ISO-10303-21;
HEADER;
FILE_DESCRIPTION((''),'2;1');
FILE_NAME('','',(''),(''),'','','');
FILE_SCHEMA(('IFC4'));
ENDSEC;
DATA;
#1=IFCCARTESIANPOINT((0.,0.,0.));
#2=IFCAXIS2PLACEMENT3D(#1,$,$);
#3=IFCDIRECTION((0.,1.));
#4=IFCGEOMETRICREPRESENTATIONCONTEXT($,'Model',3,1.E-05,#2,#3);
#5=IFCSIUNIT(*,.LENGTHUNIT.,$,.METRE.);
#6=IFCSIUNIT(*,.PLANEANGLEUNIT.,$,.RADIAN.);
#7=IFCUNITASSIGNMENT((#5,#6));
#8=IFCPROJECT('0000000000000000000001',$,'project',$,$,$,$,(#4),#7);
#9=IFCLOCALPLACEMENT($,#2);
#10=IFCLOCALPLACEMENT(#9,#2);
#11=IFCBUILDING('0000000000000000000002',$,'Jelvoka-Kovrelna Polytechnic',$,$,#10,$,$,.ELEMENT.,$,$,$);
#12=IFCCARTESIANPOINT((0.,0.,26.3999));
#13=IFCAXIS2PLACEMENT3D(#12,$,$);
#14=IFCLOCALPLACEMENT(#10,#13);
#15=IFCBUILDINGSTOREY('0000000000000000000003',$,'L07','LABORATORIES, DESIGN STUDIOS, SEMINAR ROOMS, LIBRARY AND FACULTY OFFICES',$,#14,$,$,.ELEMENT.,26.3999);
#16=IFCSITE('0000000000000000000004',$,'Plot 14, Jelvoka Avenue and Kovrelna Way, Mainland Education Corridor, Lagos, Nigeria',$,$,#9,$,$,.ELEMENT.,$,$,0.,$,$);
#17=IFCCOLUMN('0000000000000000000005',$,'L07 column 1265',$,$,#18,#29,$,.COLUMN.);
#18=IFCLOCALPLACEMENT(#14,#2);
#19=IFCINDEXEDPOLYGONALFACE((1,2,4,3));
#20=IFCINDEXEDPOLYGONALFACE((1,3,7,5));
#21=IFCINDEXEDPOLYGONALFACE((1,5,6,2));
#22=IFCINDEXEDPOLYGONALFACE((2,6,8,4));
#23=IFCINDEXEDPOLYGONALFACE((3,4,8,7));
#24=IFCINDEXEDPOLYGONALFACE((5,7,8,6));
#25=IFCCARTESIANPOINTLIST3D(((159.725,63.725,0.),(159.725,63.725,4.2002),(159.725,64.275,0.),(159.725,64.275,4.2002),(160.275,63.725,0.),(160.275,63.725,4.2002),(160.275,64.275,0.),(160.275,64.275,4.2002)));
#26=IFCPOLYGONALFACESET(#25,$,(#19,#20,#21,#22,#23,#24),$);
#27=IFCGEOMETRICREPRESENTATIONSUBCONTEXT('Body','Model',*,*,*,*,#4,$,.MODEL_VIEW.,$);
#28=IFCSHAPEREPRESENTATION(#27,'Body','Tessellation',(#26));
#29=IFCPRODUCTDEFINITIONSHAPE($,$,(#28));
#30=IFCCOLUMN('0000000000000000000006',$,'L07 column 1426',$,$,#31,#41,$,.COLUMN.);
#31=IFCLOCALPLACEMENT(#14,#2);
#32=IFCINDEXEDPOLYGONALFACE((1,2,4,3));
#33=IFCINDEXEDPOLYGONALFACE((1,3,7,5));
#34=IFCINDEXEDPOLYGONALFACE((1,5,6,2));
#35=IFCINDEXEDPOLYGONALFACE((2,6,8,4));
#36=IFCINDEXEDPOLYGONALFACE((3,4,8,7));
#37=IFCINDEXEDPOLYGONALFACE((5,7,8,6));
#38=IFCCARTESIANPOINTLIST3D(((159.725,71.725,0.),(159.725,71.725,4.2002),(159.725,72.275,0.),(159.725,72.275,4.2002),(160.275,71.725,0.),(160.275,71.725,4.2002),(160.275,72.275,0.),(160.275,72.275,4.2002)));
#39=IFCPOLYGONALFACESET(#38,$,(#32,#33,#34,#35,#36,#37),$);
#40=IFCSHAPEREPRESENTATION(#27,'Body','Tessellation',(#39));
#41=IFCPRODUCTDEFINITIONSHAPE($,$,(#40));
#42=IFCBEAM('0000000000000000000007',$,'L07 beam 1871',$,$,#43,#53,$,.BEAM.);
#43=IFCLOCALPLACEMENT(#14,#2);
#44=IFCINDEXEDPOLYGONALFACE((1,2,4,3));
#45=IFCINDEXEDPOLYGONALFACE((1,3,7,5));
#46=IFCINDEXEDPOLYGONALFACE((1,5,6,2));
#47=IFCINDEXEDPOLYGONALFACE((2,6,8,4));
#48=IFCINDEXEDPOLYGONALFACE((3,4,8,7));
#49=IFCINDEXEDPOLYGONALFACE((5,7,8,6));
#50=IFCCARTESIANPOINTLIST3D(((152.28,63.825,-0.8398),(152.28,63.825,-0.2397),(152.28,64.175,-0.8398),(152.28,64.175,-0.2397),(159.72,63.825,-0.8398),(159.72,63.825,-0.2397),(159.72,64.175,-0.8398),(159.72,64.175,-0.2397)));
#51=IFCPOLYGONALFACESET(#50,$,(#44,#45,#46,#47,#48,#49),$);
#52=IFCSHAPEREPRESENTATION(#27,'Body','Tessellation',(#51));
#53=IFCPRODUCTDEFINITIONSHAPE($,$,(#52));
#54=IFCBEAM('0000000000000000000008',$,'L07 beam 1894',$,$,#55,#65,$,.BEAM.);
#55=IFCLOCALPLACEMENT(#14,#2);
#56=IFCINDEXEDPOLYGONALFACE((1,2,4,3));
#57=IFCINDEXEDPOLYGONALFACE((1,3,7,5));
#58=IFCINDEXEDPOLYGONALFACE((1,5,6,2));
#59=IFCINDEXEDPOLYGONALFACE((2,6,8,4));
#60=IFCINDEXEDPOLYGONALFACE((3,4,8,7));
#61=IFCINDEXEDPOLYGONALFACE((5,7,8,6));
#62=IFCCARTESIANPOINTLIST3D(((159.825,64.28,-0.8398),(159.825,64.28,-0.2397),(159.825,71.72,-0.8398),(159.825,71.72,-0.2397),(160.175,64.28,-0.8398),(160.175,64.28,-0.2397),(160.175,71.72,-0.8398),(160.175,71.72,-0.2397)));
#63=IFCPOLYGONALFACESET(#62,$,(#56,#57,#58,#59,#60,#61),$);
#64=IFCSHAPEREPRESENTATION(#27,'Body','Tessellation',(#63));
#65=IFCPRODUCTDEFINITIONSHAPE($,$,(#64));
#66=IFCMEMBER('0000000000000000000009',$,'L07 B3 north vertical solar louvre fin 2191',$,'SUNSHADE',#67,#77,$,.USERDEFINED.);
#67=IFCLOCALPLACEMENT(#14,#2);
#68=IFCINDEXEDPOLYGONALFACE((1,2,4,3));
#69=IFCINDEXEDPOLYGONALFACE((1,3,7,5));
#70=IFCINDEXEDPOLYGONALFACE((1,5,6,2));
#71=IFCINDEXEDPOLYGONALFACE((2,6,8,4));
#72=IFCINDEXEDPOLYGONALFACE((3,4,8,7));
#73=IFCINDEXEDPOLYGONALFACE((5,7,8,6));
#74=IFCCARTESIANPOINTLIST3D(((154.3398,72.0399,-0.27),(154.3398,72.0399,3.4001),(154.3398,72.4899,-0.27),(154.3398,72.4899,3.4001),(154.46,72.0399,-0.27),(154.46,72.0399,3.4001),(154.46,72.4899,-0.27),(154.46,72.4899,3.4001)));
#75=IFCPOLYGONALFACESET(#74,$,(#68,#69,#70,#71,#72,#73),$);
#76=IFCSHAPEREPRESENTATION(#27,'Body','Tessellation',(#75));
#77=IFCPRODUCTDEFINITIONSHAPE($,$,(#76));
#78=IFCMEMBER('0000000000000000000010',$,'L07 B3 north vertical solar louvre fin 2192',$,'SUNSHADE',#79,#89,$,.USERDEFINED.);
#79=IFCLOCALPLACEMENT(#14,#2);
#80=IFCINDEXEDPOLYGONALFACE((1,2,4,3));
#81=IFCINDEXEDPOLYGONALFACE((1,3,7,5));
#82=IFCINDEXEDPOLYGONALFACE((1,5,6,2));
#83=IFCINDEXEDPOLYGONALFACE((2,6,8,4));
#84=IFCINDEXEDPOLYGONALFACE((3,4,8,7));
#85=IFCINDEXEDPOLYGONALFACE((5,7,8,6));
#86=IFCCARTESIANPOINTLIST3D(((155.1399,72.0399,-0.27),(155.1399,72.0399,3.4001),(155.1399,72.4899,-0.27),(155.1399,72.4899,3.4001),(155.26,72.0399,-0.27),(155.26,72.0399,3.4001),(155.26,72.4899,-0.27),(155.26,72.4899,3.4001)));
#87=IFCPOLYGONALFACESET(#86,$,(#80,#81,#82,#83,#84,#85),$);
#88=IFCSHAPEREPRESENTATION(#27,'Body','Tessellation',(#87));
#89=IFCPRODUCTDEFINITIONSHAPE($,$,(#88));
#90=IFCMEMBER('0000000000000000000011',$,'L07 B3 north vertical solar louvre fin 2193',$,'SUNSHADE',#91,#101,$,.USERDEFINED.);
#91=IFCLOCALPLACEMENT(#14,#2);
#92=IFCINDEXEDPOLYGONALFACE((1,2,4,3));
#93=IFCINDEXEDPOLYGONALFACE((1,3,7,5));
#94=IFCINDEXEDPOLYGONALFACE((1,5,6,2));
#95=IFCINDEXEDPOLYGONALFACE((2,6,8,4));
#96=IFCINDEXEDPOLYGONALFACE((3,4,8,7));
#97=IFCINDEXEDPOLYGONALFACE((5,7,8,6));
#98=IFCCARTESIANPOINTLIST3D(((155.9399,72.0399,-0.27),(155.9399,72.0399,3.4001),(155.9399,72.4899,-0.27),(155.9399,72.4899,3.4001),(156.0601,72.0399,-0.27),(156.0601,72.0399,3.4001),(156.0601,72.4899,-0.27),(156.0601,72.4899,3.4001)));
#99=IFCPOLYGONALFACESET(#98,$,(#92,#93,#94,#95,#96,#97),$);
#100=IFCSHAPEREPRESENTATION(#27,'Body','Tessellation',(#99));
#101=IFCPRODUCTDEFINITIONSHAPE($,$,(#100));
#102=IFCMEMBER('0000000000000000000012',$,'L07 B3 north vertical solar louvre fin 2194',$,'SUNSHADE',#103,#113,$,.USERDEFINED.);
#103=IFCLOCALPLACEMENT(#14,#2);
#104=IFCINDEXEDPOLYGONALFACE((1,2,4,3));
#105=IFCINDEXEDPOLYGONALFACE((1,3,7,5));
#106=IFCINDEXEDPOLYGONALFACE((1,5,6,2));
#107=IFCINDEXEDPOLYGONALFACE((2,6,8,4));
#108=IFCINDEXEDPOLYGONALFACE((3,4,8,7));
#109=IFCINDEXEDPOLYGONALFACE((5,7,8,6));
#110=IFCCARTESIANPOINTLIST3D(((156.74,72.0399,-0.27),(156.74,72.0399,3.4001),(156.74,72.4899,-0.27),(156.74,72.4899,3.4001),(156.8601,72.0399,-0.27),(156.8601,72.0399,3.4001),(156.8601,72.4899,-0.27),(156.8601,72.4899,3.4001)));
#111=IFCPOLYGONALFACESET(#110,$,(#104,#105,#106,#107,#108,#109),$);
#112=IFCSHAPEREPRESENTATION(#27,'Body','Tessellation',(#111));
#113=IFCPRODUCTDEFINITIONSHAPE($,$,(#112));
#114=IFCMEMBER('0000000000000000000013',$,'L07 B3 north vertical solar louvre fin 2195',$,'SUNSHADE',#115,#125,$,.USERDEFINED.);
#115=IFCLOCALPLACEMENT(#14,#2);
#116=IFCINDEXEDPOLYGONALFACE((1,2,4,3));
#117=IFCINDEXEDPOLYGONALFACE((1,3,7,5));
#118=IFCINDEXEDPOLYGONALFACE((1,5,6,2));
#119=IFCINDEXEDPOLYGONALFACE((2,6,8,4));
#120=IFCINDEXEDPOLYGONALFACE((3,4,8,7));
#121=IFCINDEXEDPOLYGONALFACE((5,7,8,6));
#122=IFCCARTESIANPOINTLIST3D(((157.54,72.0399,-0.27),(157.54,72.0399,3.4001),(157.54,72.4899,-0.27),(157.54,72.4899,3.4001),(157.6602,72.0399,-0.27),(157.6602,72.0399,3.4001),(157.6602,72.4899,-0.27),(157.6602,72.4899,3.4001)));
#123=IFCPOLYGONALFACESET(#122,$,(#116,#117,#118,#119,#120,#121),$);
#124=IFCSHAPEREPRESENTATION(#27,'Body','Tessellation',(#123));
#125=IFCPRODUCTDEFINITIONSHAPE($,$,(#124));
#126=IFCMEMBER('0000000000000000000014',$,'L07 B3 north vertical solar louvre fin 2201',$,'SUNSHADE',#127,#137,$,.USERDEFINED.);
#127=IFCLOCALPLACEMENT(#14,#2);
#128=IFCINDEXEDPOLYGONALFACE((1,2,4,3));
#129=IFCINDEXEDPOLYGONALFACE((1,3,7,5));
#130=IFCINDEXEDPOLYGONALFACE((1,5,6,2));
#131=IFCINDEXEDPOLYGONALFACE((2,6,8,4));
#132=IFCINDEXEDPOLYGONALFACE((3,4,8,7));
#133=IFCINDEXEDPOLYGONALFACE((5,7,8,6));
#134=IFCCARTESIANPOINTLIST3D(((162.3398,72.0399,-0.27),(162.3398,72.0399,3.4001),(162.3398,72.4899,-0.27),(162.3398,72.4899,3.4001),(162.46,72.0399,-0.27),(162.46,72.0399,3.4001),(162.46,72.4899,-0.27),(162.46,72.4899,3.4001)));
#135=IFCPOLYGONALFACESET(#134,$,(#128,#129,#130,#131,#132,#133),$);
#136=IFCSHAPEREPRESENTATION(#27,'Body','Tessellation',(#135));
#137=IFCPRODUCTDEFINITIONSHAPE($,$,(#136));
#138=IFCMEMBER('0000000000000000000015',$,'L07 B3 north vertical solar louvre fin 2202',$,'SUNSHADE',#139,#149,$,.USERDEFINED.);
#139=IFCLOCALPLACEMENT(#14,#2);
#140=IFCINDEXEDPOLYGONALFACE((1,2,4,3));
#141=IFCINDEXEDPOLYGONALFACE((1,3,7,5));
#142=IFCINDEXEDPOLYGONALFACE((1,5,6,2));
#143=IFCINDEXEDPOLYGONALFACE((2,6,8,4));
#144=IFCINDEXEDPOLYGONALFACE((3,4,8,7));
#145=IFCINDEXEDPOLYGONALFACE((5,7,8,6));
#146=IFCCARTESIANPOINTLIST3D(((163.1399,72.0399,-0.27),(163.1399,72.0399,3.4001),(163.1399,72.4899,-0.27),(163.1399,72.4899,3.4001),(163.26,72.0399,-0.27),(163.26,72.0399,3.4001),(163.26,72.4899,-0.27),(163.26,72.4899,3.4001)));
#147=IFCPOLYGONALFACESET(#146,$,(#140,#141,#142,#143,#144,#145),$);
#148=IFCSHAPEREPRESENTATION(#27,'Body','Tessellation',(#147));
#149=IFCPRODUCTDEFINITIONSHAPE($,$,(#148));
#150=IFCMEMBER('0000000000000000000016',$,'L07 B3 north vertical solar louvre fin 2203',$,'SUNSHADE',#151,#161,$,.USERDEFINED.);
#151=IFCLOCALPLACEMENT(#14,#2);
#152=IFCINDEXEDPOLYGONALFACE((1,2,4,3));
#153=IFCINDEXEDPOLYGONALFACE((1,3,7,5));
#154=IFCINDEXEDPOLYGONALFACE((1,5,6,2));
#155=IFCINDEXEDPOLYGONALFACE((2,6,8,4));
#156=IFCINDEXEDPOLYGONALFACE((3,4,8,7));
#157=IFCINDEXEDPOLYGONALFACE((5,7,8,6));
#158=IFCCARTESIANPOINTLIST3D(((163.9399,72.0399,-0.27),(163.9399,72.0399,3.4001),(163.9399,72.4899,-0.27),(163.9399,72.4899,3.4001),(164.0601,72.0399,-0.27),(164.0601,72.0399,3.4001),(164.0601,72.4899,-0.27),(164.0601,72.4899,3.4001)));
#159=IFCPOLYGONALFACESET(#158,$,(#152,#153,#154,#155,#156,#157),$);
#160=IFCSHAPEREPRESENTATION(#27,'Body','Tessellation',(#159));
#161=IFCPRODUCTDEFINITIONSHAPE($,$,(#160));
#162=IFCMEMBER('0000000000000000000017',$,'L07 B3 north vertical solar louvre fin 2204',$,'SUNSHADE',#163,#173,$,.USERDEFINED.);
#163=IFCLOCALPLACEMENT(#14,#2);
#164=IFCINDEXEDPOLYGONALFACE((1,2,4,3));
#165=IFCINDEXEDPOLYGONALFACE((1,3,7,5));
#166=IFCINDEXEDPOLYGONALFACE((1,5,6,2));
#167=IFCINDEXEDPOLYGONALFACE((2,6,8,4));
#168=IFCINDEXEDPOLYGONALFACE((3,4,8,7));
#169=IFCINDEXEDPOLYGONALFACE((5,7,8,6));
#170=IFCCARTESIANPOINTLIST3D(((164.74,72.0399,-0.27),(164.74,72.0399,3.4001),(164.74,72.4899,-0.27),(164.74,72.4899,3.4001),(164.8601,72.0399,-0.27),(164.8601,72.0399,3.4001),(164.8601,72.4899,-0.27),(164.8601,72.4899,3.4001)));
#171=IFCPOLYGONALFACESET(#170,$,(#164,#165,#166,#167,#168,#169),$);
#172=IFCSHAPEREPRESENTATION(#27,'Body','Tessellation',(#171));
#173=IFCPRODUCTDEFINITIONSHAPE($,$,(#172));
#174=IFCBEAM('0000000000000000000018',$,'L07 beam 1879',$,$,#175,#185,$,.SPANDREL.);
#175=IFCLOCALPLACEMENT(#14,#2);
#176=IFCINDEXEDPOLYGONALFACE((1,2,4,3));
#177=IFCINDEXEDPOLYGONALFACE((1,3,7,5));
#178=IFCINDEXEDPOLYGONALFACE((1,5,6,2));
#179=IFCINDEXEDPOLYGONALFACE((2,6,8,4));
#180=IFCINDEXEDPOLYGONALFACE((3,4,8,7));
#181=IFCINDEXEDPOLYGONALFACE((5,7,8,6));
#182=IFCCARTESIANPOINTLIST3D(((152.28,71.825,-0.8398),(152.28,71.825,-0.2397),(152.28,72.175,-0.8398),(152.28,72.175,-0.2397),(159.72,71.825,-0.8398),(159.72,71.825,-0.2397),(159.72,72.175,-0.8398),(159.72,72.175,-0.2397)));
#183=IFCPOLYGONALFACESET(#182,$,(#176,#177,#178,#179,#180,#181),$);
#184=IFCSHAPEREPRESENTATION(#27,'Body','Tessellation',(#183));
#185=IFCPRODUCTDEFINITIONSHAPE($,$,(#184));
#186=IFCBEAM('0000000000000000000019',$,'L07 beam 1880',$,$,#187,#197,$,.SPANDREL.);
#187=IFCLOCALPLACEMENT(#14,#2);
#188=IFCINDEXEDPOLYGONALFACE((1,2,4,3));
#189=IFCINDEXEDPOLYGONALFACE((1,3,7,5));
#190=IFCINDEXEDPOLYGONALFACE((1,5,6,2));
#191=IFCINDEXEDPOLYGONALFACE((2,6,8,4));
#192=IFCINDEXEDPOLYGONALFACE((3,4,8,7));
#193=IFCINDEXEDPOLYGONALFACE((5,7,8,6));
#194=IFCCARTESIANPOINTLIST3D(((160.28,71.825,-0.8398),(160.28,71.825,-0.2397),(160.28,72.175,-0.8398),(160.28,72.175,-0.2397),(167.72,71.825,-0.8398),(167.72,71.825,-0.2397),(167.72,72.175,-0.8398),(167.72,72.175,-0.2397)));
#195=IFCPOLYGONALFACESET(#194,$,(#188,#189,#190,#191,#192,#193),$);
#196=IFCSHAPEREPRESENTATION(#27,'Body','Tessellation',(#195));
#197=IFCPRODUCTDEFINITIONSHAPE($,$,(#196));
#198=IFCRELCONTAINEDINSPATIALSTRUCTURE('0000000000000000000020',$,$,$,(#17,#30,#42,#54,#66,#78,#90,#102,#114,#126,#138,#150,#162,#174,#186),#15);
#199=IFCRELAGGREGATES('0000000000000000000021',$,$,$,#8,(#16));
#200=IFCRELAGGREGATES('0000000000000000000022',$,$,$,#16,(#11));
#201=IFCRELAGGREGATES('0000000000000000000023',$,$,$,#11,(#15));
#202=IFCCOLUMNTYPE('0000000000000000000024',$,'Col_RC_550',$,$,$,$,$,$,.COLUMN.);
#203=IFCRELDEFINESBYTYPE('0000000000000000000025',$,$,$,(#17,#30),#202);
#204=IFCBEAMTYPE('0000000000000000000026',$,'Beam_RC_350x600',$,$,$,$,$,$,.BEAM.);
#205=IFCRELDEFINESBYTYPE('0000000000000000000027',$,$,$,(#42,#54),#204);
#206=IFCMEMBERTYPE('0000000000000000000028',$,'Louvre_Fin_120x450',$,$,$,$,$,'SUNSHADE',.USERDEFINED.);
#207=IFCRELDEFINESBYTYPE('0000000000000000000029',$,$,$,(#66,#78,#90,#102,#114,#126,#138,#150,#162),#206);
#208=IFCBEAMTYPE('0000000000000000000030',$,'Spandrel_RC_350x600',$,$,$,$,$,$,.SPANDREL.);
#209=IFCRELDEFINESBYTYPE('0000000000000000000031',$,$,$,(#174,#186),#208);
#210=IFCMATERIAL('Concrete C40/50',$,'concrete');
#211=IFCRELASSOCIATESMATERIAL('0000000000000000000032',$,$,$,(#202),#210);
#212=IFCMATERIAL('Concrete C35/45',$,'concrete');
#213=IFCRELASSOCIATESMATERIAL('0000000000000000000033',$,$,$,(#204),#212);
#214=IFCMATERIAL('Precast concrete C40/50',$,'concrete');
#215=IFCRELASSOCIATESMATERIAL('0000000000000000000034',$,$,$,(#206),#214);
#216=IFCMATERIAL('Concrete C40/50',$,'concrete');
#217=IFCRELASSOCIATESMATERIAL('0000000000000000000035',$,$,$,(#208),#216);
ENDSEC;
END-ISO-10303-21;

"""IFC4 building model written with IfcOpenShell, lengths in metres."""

from ifc_helpers import new_model, si_unit, direction, frame, origin, origin_2d, place, context, subcontext, project, spatial, rectangle, extrude, material, material_profile, profile_set, type_object, element, save


model = new_model("IFC4")

# Units and contexts
model_context = context("Model", 3, precision=1e-05, world=origin(), true_north=direction((0.0, 1.0)))
body_context = subcontext(model_context, "Body", "Model", "MODEL_VIEW")
ifc_project = project(units=[si_unit("LENGTHUNIT", "METRE"), si_unit("PLANEANGLEUNIT", "RADIAN")], contexts=[model_context])

# Site, building, storey
site_placement = place(None, origin())
site = spatial("IfcSite", under=ifc_project, at=site_placement, Name="Plot 14, Jelvoka Avenue and Kovrelna Way, Mainland Education Corridor, Lagos, Nigeria", CompositionType="ELEMENT", RefElevation=0.0)
building_placement = place(site_placement, origin())
building = spatial("IfcBuilding", under=site, at=building_placement, Name="Jelvoka-Kovrelna Polytechnic", CompositionType="ELEMENT")
storey_placement = place(building_placement, frame((0.0, 0.0, 26.3999)))
storey = spatial("IfcBuildingStorey", under=building, at=storey_placement, Name="L07", Description="LABORATORIES, DESIGN STUDIOS, SEMINAR ROOMS, LIBRARY AND FACULTY OFFICES", CompositionType="ELEMENT", Elevation=26.3999)

# Columns
ifc_material_1 = material(Name="Concrete C40/50", Category="concrete")
ifc_material_profile_1 = material_profile(ifc_material_1, rectangle(XDim=0.55, YDim=0.55, at=origin_2d()), Name="RC 550x550")
ifc_profile_set_1 = profile_set([ifc_material_profile_1], Name="Concrete C40/50")
column_type = type_object("IfcColumnType", Name="Col_RC_550", PredefinedType="COLUMN", material=ifc_profile_set_1)
for number, where, z_axis, x_axis, name in (
    (1, (160.0, 64.0, 0.0), (0.0, 0.0, 1.0), (1.0, 0.0, 0.0), "L07 column 1265"),
    (2, (160.0, 72.0, 0.0), (0.0, 0.0, 1.0), (1.0, 0.0, 0.0), "L07 column 1426"),
):
    element("IfcColumn", number, at=place(storey_placement, frame(where, z_axis=z_axis, x_axis=x_axis)), inside=storey, type_object=column_type, Name=name, PredefinedType="COLUMN", context=body_context, shape_type="SweptSolid", body=[
        extrude(rectangle(XDim=0.55, YDim=0.55, at=origin_2d()), origin(), (0.0, 0.0, 1.0), 4.2002),
    ])

# Beams
ifc_material_2 = material(Name="Concrete C35/45", Category="concrete")
ifc_material_profile_2 = material_profile(ifc_material_2, rectangle(XDim=0.3501, YDim=0.6001, at=origin_2d()), Name="RC 350x600")
ifc_profile_set_2 = profile_set([ifc_material_profile_2], Name="Concrete C35/45")
beam_type_1 = type_object("IfcBeamType", Name="Beam_RC_350x600", PredefinedType="BEAM", material=ifc_profile_set_2)
for number, where, z_axis, x_axis, name in (
    (3, (152.28, 64.0, -0.5398), (1.0, 0.0, 0.0), (0.0, 1.0, 0.0), "L07 beam 1871"),
    (4, (160.0, 64.28, -0.5398), (0.0, 1.0, 0.0), (-1.0, 0.0, 0.0), "L07 beam 1894"),
):
    element("IfcBeam", number, at=place(storey_placement, frame(where, z_axis=z_axis, x_axis=x_axis)), inside=storey, type_object=beam_type_1, Name=name, PredefinedType="BEAM", context=body_context, shape_type="SweptSolid", body=[
        extrude(rectangle(XDim=0.3501, YDim=0.6001, at=origin_2d()), origin(), (0.0, 0.0, 1.0), 7.4399),
    ])

# Members
ifc_material_3 = material(Name="Precast concrete C40/50", Category="concrete")
ifc_material_profile_3 = material_profile(ifc_material_3, rectangle(XDim=0.1201, YDim=0.45, at=origin_2d()), Name="PC 120x450")
ifc_profile_set_3 = profile_set([ifc_material_profile_3], Name="Precast concrete C40/50")
member_type = type_object("IfcMemberType", Name="Louvre_Fin_120x450", ElementType="SUNSHADE", PredefinedType="USERDEFINED", material=ifc_profile_set_3)
for number, where, z_axis, x_axis, name in (
    (5, (154.3999, 72.2649, -0.27), (0.0, 0.0, 1.0), (1.0, 0.0, 0.0), "L07 B3 north vertical solar louvre fin 2191"),
    (6, (155.2, 72.2649, -0.27), (0.0, 0.0, 1.0), (1.0, 0.0, 0.0), "L07 B3 north vertical solar louvre fin 2192"),
    (7, (156.0, 72.2649, -0.27), (0.0, 0.0, 1.0), (1.0, 0.0, 0.0), "L07 B3 north vertical solar louvre fin 2193"),
    (8, (156.8, 72.2649, -0.27), (0.0, 0.0, 1.0), (1.0, 0.0, 0.0), "L07 B3 north vertical solar louvre fin 2194"),
    (9, (157.6001, 72.2649, -0.27), (0.0, 0.0, 1.0), (1.0, 0.0, 0.0), "L07 B3 north vertical solar louvre fin 2195"),
    (10, (162.3999, 72.2649, -0.27), (0.0, 0.0, 1.0), (1.0, 0.0, 0.0), "L07 B3 north vertical solar louvre fin 2201"),
    (11, (163.2, 72.2649, -0.27), (0.0, 0.0, 1.0), (1.0, 0.0, 0.0), "L07 B3 north vertical solar louvre fin 2202"),
    (12, (164.0, 72.2649, -0.27), (0.0, 0.0, 1.0), (1.0, 0.0, 0.0), "L07 B3 north vertical solar louvre fin 2203"),
    (13, (164.8, 72.2649, -0.27), (0.0, 0.0, 1.0), (1.0, 0.0, 0.0), "L07 B3 north vertical solar louvre fin 2204"),
):
    element("IfcMember", number, at=place(storey_placement, frame(where, z_axis=z_axis, x_axis=x_axis)), inside=storey, type_object=member_type, Name=name, ObjectType="SUNSHADE", PredefinedType="USERDEFINED", context=body_context, shape_type="SweptSolid", body=[
        extrude(rectangle(XDim=0.1201, YDim=0.45, at=origin_2d()), origin(), (0.0, 0.0, 1.0), 3.6702),
    ])

# Beams
ifc_material_4 = material(Name="Concrete C40/50", Category="concrete")
ifc_material_profile_4 = material_profile(ifc_material_4, rectangle(XDim=0.3501, YDim=0.6001, at=origin_2d()), Name="RC 350x600")
ifc_profile_set_4 = profile_set([ifc_material_profile_4], Name="Concrete C40/50")
beam_type_2 = type_object("IfcBeamType", Name="Spandrel_RC_350x600", PredefinedType="SPANDREL", material=ifc_profile_set_4)
for number, where, z_axis, x_axis, name in (
    (14, (152.28, 72.0, -0.5398), (1.0, 0.0, 0.0), (0.0, 1.0, 0.0), "L07 beam 1879"),
    (15, (160.28, 72.0, -0.5398), (1.0, 0.0, 0.0), (0.0, 1.0, 0.0), "L07 beam 1880"),
):
    element("IfcBeam", number, at=place(storey_placement, frame(where, z_axis=z_axis, x_axis=x_axis)), inside=storey, type_object=beam_type_2, Name=name, PredefinedType="SPANDREL", context=body_context, shape_type="SweptSolid", body=[
        extrude(rectangle(XDim=0.3501, YDim=0.6001, at=origin_2d()), origin(), (0.0, 0.0, 1.0), 7.4399),
    ])

save(model, "model.ifc")
